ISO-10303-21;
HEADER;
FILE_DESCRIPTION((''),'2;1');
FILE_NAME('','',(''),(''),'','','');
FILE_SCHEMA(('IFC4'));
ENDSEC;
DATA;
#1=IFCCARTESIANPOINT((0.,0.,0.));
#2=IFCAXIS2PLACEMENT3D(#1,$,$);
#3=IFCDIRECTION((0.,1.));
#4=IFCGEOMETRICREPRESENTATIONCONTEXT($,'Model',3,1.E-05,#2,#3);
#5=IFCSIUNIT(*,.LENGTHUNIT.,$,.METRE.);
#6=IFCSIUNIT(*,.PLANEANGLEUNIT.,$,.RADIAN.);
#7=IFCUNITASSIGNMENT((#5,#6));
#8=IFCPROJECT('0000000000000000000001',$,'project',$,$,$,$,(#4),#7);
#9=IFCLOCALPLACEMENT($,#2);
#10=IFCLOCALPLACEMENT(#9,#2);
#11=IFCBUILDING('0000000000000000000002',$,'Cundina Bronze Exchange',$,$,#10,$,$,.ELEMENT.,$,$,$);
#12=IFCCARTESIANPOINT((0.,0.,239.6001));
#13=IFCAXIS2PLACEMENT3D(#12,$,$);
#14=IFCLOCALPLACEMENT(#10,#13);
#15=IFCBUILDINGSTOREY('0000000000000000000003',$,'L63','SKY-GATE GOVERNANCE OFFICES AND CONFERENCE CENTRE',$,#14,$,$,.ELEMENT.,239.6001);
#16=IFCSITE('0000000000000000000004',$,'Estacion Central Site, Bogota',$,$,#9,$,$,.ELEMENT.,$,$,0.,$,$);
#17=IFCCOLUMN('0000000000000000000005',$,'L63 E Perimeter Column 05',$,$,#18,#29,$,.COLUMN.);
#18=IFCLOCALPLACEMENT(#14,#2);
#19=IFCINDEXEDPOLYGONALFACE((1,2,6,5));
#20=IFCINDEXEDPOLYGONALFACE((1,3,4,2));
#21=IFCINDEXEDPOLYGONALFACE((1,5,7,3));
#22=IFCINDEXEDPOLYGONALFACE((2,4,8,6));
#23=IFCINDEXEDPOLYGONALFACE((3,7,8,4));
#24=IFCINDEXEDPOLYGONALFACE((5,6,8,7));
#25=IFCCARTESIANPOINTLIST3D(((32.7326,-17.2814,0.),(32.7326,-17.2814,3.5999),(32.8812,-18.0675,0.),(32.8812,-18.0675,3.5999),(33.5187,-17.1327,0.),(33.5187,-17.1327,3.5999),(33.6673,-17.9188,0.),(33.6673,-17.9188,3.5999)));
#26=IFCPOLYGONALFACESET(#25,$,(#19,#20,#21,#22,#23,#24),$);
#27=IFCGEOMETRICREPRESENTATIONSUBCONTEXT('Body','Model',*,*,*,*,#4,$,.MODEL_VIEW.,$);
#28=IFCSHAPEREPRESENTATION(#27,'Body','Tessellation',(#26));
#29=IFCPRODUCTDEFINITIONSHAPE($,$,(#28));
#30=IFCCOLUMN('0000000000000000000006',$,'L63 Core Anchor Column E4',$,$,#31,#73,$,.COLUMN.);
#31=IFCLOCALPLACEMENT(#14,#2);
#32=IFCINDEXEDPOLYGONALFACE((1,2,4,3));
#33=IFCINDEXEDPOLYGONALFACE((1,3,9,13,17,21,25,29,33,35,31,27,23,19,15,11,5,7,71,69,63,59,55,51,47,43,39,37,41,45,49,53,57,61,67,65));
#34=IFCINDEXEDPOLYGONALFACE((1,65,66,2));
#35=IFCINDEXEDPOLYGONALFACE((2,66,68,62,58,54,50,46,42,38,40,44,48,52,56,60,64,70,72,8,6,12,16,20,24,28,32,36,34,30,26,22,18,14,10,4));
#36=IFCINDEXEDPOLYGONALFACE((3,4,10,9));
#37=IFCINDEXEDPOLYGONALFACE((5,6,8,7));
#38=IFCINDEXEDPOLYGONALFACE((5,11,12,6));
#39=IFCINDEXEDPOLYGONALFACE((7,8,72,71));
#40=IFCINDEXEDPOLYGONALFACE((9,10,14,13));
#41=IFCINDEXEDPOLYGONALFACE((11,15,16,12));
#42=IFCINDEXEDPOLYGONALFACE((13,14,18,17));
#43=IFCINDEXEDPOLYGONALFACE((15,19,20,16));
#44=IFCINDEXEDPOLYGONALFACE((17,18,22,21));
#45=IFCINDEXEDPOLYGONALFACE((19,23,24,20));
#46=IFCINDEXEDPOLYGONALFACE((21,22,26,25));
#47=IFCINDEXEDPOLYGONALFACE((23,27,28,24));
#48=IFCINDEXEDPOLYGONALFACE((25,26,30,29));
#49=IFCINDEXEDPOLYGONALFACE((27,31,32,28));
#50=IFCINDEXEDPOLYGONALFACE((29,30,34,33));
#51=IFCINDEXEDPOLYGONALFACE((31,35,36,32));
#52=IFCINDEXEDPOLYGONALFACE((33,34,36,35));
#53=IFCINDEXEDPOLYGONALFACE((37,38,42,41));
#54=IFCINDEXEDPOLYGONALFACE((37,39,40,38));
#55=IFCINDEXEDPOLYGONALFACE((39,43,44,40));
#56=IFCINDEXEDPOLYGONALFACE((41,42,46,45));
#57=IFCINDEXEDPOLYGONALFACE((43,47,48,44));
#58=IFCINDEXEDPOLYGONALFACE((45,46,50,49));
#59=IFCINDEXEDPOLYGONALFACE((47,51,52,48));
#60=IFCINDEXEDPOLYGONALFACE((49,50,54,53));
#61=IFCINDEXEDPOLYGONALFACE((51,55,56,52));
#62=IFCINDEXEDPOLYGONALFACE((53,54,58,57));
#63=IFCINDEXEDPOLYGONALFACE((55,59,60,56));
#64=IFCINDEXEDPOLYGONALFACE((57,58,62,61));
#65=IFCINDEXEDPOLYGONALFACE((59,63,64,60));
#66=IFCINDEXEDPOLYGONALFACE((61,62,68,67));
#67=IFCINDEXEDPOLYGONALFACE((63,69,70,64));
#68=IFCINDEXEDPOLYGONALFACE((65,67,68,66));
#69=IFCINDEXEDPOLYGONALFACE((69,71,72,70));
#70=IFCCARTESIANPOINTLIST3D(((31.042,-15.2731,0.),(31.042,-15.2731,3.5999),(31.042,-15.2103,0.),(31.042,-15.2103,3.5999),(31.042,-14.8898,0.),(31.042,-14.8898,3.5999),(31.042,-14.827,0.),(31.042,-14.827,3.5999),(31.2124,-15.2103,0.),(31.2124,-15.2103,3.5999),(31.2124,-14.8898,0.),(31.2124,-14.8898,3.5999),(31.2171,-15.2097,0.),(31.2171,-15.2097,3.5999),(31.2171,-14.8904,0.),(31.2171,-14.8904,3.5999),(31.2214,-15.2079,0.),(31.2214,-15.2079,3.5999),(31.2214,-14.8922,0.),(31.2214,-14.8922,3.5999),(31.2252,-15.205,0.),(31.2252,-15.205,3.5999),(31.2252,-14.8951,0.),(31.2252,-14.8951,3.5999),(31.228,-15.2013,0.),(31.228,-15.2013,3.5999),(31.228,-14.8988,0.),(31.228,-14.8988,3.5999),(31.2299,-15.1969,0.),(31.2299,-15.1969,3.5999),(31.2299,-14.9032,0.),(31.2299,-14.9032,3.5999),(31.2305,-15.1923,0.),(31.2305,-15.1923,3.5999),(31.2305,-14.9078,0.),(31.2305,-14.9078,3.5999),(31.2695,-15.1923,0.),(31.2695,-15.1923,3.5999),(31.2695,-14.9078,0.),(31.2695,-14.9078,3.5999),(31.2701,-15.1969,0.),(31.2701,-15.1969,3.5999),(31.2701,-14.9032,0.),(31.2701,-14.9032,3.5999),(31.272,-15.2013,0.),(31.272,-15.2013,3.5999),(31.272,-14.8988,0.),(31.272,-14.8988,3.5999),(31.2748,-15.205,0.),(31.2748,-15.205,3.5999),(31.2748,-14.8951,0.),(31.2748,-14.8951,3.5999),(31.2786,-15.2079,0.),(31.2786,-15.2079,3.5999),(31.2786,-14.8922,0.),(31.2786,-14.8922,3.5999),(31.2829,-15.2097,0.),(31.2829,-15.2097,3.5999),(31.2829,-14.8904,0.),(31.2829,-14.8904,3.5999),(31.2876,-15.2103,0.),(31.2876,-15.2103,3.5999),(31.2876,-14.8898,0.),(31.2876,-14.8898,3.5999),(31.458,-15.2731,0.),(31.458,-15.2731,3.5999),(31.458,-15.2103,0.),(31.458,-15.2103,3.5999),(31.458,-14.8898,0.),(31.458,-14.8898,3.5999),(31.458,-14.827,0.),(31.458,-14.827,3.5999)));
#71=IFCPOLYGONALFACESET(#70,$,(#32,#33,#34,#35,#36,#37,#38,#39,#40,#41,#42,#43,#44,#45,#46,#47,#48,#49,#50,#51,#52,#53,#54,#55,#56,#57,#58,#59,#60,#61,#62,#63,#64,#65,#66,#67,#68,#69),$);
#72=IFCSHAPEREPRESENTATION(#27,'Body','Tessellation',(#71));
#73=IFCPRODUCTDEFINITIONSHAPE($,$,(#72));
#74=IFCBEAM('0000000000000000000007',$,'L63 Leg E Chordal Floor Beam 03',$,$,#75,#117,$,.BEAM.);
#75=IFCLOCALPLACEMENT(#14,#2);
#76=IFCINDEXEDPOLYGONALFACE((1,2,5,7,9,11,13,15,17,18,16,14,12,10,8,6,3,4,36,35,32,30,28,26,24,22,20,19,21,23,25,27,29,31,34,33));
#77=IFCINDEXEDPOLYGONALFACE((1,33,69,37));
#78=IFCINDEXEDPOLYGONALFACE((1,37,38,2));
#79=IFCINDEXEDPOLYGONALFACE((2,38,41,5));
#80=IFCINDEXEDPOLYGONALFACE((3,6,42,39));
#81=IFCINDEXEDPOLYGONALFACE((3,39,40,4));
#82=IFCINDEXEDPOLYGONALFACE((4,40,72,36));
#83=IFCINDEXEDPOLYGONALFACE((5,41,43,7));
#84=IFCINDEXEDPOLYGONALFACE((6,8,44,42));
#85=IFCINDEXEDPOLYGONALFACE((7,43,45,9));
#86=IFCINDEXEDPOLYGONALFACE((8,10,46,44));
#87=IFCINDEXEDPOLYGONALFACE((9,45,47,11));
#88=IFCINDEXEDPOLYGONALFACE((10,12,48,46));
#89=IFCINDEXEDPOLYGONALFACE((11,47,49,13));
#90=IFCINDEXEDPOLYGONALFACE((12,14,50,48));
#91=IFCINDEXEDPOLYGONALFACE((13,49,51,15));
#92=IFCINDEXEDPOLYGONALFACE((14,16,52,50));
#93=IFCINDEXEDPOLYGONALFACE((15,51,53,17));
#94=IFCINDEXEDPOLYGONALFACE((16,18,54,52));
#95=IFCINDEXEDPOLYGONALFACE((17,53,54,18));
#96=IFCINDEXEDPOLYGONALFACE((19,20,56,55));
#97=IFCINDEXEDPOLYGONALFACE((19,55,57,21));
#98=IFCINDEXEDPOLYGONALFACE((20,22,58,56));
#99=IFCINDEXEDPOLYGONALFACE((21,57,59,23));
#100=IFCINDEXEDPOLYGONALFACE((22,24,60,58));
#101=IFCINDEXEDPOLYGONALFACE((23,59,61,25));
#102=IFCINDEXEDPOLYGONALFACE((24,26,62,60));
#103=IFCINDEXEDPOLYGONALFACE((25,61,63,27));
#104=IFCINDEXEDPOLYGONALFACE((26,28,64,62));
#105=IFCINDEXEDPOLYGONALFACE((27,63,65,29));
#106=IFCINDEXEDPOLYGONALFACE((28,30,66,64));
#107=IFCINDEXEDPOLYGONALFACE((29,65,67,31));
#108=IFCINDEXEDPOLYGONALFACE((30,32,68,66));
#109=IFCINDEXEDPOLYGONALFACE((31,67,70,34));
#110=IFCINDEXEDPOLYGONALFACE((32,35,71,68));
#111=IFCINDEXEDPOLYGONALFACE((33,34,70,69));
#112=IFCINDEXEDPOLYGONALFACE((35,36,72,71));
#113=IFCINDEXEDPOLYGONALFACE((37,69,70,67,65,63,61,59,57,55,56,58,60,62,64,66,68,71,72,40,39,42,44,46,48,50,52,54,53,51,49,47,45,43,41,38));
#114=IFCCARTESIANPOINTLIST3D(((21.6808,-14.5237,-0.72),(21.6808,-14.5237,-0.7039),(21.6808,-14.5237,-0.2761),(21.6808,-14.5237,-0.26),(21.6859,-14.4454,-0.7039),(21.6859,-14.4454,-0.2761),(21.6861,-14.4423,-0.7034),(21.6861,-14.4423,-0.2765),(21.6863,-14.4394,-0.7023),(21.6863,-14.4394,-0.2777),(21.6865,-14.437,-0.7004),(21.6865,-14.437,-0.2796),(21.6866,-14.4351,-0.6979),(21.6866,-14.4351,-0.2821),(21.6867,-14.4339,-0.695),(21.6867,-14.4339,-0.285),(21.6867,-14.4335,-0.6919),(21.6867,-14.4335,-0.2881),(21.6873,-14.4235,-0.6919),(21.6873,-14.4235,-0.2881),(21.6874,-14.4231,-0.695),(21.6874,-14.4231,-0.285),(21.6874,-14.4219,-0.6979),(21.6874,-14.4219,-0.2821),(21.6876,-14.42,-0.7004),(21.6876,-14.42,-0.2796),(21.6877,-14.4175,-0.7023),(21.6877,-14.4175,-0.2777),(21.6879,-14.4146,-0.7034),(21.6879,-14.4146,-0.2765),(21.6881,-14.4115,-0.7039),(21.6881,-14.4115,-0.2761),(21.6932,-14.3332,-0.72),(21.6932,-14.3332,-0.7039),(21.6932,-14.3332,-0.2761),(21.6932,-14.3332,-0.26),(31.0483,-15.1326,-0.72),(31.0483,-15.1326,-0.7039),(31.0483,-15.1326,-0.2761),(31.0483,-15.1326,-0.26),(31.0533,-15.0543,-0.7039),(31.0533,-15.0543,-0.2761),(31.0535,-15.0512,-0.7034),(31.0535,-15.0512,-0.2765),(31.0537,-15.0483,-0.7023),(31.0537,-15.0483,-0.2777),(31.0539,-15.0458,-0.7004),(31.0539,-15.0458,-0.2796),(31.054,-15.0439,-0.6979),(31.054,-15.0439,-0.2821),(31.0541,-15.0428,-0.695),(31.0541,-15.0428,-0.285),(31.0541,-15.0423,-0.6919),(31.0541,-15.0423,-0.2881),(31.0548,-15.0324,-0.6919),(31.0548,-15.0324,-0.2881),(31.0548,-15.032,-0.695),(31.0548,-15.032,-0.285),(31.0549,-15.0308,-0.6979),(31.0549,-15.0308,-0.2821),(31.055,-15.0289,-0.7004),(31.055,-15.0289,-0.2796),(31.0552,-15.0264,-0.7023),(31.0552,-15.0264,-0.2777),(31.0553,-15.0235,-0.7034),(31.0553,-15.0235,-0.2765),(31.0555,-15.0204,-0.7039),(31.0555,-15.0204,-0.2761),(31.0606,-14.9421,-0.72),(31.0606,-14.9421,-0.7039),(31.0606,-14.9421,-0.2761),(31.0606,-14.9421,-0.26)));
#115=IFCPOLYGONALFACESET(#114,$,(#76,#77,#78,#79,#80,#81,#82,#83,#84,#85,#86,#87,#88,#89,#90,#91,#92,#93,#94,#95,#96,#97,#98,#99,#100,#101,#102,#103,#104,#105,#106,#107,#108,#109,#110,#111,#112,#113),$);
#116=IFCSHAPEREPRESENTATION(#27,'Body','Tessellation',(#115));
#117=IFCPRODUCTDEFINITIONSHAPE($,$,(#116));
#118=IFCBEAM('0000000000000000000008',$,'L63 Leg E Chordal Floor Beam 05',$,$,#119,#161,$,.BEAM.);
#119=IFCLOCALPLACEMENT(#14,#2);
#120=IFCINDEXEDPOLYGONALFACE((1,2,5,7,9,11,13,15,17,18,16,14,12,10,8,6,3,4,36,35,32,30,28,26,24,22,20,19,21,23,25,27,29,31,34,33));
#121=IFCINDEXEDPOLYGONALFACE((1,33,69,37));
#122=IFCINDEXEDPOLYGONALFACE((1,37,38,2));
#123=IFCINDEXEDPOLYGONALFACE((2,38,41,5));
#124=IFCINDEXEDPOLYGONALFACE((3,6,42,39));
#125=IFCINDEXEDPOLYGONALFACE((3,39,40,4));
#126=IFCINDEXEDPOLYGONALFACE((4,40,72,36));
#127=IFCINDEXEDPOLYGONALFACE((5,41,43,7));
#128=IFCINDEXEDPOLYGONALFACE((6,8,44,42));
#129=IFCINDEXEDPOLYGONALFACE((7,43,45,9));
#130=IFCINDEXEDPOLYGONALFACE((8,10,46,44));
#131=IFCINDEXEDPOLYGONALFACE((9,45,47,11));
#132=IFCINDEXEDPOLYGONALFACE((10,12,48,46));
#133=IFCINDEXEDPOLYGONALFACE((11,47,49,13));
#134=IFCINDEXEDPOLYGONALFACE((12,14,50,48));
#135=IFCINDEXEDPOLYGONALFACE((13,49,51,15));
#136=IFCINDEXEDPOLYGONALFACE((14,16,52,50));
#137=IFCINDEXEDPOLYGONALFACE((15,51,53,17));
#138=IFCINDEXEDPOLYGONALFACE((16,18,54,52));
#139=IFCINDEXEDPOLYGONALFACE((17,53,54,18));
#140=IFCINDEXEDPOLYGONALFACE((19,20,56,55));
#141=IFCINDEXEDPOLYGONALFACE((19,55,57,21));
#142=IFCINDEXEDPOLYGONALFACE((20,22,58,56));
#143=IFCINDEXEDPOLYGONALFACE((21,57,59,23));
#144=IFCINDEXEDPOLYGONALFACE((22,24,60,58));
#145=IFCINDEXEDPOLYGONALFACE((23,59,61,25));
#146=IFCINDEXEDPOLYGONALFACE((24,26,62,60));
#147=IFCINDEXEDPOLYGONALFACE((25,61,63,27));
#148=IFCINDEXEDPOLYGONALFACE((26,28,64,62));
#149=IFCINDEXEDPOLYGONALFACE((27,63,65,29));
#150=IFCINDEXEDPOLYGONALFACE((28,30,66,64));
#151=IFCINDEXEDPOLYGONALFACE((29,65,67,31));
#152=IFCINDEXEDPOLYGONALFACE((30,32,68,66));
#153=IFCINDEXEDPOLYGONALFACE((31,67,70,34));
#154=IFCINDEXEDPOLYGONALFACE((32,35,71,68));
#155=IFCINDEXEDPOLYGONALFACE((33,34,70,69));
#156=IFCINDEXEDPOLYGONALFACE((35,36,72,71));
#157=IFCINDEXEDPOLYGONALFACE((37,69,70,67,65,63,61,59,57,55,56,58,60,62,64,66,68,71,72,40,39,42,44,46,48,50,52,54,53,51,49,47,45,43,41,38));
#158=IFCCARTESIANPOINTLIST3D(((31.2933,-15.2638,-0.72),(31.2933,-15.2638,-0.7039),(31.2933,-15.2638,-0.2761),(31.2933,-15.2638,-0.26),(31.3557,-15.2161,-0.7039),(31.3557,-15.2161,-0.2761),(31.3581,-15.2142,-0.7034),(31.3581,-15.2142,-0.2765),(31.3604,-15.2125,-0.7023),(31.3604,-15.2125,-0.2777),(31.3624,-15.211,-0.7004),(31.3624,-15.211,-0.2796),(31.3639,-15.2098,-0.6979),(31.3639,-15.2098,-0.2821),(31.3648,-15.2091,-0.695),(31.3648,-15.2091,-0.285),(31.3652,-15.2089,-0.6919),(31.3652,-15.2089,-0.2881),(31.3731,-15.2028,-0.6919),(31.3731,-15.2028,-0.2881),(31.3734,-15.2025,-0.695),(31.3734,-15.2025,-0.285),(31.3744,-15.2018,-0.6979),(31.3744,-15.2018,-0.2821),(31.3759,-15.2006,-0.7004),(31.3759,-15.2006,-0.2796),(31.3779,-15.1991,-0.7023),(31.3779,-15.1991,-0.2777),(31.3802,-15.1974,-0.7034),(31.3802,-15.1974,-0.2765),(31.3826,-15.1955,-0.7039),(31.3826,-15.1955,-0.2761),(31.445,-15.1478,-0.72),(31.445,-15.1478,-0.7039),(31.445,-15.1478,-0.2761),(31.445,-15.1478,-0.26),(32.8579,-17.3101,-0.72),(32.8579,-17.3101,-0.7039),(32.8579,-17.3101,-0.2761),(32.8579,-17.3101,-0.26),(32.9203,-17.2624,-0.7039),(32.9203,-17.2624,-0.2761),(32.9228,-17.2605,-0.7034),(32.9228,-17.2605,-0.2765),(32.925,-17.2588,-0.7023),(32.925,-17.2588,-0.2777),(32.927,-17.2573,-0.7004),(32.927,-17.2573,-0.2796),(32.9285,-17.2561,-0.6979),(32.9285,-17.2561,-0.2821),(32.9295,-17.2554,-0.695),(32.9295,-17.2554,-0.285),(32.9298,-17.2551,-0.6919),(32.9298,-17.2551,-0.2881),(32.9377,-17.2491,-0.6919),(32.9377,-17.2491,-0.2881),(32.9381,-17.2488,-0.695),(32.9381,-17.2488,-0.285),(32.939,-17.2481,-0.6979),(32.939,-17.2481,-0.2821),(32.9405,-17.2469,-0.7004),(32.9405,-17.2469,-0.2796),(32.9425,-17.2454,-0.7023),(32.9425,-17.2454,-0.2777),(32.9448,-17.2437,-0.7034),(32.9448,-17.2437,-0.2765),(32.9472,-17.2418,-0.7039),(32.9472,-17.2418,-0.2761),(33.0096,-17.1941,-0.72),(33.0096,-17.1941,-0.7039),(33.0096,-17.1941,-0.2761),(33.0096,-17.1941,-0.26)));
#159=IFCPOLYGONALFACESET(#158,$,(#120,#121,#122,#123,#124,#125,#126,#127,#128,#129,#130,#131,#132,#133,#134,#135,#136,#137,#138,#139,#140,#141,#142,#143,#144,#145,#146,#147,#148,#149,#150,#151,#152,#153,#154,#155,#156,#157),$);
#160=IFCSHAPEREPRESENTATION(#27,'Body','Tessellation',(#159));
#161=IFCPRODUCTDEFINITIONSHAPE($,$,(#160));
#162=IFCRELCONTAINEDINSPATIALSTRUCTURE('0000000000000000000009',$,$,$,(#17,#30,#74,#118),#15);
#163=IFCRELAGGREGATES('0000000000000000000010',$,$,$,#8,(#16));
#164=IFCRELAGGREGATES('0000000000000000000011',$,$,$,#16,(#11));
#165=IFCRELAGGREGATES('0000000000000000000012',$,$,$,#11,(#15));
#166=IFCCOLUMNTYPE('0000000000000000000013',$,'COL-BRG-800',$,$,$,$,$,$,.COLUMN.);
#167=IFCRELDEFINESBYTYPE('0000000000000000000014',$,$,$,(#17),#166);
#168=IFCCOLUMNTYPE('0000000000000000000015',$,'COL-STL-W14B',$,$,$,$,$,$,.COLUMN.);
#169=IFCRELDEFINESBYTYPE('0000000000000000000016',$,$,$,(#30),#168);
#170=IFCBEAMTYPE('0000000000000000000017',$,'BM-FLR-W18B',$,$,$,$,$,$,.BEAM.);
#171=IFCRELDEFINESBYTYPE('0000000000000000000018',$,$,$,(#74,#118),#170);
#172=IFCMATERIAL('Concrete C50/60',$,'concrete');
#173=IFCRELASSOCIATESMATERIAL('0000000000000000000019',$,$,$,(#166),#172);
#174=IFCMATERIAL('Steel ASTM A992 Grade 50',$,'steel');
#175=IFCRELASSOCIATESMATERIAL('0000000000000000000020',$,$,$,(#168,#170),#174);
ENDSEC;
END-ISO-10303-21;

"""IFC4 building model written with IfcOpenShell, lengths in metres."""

from ifc_helpers import new_model, si_unit, direction, frame, origin, origin_2d, place, context, subcontext, project, spatial, rectangle, i_section, extrude, material, material_profile, profile_set, type_object, element, save


model = new_model("IFC4")

# Units and contexts
model_context = context("Model", 3, precision=1e-05, world=origin(), true_north=direction((0.0, 1.0)))
body_context = subcontext(model_context, "Body", "Model", "MODEL_VIEW")
ifc_project = project(units=[si_unit("LENGTHUNIT", "METRE"), si_unit("PLANEANGLEUNIT", "RADIAN")], contexts=[model_context])

# Site, building, storey
site_placement = place(None, origin())
site = spatial("IfcSite", under=ifc_project, at=site_placement, Name="Estacion Central Site, Bogota", CompositionType="ELEMENT", RefElevation=0.0)
building_placement = place(site_placement, origin())
building = spatial("IfcBuilding", under=site, at=building_placement, Name="Cundina Bronze Exchange", CompositionType="ELEMENT")
storey_placement = place(building_placement, frame((0.0, 0.0, 239.6001)))
storey = spatial("IfcBuildingStorey", under=building, at=storey_placement, Name="L63", Description="SKY-GATE GOVERNANCE OFFICES AND CONFERENCE CENTRE", CompositionType="ELEMENT", Elevation=239.6001)

# Columns
ifc_material_1 = material(Name="Concrete C50/60", Category="concrete")
ifc_material_profile_1 = material_profile(ifc_material_1, rectangle(XDim=0.8, YDim=0.8, at=origin_2d()), Name="RC800X800", Category="concrete")
ifc_profile_set_1 = profile_set([ifc_material_profile_1], Name="Concrete C50/60")
column_type_1 = type_object("IfcColumnType", Name="COL-BRG-800", PredefinedType="COLUMN", material=ifc_profile_set_1)
column_1_placement = place(storey_placement, frame((33.2, -17.6001, 0.0), z_axis=(0.0, 0.0, 1.0), x_axis=(0.98258, 0.185838, 0.0)))
element("IfcColumn", 1, at=column_1_placement, inside=storey, type_object=column_type_1, Name="L63 E Perimeter Column 05", PredefinedType="COLUMN", context=body_context, shape_type="SweptSolid", body=[
    extrude(rectangle(XDim=0.8, YDim=0.8, at=origin_2d()), origin(), (0.0, 0.0, 1.0), 3.5999),
])
ifc_material_2 = material(Name="Steel ASTM A992 Grade 50", Category="steel")
ifc_material_profile_2 = material_profile(ifc_material_2, i_section(OverallWidth=0.416, OverallDepth=0.446, WebThickness=0.0391, FlangeThickness=0.0627, FilletRadius=0.0181, at=origin_2d()), Name="W14X342", Category="steel")
ifc_profile_set_2 = profile_set([ifc_material_profile_2], Name="Steel ASTM A992 Grade 50")
column_type_2 = type_object("IfcColumnType", Name="COL-STL-W14B", PredefinedType="COLUMN", material=ifc_profile_set_2)
column_2_placement = place(storey_placement, frame((31.25, -15.05, 0.0), z_axis=(0.0, 0.0, 1.0), x_axis=(1.0, 0.0, 0.0)))
element("IfcColumn", 2, at=column_2_placement, inside=storey, type_object=column_type_2, Name="L63 Core Anchor Column E4", PredefinedType="COLUMN", context=body_context, shape_type="SweptSolid", body=[
    extrude(i_section(OverallWidth=0.416, OverallDepth=0.446, WebThickness=0.0391, FlangeThickness=0.0627, FilletRadius=0.0181, at=origin_2d()), origin(), (0.0, 0.0, 1.0), 3.5999),
])

# Beams
ifc_material_profile_3 = material_profile(ifc_material_2, i_section(OverallWidth=0.1909, OverallDepth=0.46, WebThickness=0.01, FlangeThickness=0.0161, FilletRadius=0.012, at=origin_2d()), Name="W18X55", Category="steel")
ifc_profile_set_3 = profile_set([ifc_material_profile_3], Name="Steel ASTM A992 Grade 50")
beam_type_1 = type_object("IfcBeamType", Name="BM-FLR-W18B", PredefinedType="BEAM", material=ifc_profile_set_3)
beam_1_placement = place(storey_placement, frame((31.0544, -15.0374, -0.49), z_axis=(-0.997894, 0.064864, 0.0), x_axis=(-0.064864, -0.997894, 0.0)))
element("IfcBeam", 3, at=beam_1_placement, inside=storey, type_object=beam_type_1, Name="L63 Leg E Chordal Floor Beam 03", PredefinedType="BEAM", context=body_context, shape_type="SweptSolid", body=[
    extrude(i_section(OverallWidth=0.1909, OverallDepth=0.46, WebThickness=0.01, FlangeThickness=0.0161, FilletRadius=0.012, at=origin_2d()), origin(), (0.0, 0.0, 1.0), 9.3872),
])
beam_2_placement = place(storey_placement, frame((31.3691, -15.2058, -0.49), z_axis=(0.607404, -0.794393, 0.0), x_axis=(0.794393, 0.607404, 0.0)))
element("IfcBeam", 4, at=beam_2_placement, inside=storey, type_object=beam_type_1, Name="L63 Leg E Chordal Floor Beam 05", PredefinedType="BEAM", context=body_context, shape_type="SweptSolid", body=[
    extrude(i_section(OverallWidth=0.1909, OverallDepth=0.46, WebThickness=0.01, FlangeThickness=0.0161, FilletRadius=0.012, at=origin_2d()), origin(), (0.0, 0.0, 1.0), 2.5759),
])

save(model, "model.ifc")
